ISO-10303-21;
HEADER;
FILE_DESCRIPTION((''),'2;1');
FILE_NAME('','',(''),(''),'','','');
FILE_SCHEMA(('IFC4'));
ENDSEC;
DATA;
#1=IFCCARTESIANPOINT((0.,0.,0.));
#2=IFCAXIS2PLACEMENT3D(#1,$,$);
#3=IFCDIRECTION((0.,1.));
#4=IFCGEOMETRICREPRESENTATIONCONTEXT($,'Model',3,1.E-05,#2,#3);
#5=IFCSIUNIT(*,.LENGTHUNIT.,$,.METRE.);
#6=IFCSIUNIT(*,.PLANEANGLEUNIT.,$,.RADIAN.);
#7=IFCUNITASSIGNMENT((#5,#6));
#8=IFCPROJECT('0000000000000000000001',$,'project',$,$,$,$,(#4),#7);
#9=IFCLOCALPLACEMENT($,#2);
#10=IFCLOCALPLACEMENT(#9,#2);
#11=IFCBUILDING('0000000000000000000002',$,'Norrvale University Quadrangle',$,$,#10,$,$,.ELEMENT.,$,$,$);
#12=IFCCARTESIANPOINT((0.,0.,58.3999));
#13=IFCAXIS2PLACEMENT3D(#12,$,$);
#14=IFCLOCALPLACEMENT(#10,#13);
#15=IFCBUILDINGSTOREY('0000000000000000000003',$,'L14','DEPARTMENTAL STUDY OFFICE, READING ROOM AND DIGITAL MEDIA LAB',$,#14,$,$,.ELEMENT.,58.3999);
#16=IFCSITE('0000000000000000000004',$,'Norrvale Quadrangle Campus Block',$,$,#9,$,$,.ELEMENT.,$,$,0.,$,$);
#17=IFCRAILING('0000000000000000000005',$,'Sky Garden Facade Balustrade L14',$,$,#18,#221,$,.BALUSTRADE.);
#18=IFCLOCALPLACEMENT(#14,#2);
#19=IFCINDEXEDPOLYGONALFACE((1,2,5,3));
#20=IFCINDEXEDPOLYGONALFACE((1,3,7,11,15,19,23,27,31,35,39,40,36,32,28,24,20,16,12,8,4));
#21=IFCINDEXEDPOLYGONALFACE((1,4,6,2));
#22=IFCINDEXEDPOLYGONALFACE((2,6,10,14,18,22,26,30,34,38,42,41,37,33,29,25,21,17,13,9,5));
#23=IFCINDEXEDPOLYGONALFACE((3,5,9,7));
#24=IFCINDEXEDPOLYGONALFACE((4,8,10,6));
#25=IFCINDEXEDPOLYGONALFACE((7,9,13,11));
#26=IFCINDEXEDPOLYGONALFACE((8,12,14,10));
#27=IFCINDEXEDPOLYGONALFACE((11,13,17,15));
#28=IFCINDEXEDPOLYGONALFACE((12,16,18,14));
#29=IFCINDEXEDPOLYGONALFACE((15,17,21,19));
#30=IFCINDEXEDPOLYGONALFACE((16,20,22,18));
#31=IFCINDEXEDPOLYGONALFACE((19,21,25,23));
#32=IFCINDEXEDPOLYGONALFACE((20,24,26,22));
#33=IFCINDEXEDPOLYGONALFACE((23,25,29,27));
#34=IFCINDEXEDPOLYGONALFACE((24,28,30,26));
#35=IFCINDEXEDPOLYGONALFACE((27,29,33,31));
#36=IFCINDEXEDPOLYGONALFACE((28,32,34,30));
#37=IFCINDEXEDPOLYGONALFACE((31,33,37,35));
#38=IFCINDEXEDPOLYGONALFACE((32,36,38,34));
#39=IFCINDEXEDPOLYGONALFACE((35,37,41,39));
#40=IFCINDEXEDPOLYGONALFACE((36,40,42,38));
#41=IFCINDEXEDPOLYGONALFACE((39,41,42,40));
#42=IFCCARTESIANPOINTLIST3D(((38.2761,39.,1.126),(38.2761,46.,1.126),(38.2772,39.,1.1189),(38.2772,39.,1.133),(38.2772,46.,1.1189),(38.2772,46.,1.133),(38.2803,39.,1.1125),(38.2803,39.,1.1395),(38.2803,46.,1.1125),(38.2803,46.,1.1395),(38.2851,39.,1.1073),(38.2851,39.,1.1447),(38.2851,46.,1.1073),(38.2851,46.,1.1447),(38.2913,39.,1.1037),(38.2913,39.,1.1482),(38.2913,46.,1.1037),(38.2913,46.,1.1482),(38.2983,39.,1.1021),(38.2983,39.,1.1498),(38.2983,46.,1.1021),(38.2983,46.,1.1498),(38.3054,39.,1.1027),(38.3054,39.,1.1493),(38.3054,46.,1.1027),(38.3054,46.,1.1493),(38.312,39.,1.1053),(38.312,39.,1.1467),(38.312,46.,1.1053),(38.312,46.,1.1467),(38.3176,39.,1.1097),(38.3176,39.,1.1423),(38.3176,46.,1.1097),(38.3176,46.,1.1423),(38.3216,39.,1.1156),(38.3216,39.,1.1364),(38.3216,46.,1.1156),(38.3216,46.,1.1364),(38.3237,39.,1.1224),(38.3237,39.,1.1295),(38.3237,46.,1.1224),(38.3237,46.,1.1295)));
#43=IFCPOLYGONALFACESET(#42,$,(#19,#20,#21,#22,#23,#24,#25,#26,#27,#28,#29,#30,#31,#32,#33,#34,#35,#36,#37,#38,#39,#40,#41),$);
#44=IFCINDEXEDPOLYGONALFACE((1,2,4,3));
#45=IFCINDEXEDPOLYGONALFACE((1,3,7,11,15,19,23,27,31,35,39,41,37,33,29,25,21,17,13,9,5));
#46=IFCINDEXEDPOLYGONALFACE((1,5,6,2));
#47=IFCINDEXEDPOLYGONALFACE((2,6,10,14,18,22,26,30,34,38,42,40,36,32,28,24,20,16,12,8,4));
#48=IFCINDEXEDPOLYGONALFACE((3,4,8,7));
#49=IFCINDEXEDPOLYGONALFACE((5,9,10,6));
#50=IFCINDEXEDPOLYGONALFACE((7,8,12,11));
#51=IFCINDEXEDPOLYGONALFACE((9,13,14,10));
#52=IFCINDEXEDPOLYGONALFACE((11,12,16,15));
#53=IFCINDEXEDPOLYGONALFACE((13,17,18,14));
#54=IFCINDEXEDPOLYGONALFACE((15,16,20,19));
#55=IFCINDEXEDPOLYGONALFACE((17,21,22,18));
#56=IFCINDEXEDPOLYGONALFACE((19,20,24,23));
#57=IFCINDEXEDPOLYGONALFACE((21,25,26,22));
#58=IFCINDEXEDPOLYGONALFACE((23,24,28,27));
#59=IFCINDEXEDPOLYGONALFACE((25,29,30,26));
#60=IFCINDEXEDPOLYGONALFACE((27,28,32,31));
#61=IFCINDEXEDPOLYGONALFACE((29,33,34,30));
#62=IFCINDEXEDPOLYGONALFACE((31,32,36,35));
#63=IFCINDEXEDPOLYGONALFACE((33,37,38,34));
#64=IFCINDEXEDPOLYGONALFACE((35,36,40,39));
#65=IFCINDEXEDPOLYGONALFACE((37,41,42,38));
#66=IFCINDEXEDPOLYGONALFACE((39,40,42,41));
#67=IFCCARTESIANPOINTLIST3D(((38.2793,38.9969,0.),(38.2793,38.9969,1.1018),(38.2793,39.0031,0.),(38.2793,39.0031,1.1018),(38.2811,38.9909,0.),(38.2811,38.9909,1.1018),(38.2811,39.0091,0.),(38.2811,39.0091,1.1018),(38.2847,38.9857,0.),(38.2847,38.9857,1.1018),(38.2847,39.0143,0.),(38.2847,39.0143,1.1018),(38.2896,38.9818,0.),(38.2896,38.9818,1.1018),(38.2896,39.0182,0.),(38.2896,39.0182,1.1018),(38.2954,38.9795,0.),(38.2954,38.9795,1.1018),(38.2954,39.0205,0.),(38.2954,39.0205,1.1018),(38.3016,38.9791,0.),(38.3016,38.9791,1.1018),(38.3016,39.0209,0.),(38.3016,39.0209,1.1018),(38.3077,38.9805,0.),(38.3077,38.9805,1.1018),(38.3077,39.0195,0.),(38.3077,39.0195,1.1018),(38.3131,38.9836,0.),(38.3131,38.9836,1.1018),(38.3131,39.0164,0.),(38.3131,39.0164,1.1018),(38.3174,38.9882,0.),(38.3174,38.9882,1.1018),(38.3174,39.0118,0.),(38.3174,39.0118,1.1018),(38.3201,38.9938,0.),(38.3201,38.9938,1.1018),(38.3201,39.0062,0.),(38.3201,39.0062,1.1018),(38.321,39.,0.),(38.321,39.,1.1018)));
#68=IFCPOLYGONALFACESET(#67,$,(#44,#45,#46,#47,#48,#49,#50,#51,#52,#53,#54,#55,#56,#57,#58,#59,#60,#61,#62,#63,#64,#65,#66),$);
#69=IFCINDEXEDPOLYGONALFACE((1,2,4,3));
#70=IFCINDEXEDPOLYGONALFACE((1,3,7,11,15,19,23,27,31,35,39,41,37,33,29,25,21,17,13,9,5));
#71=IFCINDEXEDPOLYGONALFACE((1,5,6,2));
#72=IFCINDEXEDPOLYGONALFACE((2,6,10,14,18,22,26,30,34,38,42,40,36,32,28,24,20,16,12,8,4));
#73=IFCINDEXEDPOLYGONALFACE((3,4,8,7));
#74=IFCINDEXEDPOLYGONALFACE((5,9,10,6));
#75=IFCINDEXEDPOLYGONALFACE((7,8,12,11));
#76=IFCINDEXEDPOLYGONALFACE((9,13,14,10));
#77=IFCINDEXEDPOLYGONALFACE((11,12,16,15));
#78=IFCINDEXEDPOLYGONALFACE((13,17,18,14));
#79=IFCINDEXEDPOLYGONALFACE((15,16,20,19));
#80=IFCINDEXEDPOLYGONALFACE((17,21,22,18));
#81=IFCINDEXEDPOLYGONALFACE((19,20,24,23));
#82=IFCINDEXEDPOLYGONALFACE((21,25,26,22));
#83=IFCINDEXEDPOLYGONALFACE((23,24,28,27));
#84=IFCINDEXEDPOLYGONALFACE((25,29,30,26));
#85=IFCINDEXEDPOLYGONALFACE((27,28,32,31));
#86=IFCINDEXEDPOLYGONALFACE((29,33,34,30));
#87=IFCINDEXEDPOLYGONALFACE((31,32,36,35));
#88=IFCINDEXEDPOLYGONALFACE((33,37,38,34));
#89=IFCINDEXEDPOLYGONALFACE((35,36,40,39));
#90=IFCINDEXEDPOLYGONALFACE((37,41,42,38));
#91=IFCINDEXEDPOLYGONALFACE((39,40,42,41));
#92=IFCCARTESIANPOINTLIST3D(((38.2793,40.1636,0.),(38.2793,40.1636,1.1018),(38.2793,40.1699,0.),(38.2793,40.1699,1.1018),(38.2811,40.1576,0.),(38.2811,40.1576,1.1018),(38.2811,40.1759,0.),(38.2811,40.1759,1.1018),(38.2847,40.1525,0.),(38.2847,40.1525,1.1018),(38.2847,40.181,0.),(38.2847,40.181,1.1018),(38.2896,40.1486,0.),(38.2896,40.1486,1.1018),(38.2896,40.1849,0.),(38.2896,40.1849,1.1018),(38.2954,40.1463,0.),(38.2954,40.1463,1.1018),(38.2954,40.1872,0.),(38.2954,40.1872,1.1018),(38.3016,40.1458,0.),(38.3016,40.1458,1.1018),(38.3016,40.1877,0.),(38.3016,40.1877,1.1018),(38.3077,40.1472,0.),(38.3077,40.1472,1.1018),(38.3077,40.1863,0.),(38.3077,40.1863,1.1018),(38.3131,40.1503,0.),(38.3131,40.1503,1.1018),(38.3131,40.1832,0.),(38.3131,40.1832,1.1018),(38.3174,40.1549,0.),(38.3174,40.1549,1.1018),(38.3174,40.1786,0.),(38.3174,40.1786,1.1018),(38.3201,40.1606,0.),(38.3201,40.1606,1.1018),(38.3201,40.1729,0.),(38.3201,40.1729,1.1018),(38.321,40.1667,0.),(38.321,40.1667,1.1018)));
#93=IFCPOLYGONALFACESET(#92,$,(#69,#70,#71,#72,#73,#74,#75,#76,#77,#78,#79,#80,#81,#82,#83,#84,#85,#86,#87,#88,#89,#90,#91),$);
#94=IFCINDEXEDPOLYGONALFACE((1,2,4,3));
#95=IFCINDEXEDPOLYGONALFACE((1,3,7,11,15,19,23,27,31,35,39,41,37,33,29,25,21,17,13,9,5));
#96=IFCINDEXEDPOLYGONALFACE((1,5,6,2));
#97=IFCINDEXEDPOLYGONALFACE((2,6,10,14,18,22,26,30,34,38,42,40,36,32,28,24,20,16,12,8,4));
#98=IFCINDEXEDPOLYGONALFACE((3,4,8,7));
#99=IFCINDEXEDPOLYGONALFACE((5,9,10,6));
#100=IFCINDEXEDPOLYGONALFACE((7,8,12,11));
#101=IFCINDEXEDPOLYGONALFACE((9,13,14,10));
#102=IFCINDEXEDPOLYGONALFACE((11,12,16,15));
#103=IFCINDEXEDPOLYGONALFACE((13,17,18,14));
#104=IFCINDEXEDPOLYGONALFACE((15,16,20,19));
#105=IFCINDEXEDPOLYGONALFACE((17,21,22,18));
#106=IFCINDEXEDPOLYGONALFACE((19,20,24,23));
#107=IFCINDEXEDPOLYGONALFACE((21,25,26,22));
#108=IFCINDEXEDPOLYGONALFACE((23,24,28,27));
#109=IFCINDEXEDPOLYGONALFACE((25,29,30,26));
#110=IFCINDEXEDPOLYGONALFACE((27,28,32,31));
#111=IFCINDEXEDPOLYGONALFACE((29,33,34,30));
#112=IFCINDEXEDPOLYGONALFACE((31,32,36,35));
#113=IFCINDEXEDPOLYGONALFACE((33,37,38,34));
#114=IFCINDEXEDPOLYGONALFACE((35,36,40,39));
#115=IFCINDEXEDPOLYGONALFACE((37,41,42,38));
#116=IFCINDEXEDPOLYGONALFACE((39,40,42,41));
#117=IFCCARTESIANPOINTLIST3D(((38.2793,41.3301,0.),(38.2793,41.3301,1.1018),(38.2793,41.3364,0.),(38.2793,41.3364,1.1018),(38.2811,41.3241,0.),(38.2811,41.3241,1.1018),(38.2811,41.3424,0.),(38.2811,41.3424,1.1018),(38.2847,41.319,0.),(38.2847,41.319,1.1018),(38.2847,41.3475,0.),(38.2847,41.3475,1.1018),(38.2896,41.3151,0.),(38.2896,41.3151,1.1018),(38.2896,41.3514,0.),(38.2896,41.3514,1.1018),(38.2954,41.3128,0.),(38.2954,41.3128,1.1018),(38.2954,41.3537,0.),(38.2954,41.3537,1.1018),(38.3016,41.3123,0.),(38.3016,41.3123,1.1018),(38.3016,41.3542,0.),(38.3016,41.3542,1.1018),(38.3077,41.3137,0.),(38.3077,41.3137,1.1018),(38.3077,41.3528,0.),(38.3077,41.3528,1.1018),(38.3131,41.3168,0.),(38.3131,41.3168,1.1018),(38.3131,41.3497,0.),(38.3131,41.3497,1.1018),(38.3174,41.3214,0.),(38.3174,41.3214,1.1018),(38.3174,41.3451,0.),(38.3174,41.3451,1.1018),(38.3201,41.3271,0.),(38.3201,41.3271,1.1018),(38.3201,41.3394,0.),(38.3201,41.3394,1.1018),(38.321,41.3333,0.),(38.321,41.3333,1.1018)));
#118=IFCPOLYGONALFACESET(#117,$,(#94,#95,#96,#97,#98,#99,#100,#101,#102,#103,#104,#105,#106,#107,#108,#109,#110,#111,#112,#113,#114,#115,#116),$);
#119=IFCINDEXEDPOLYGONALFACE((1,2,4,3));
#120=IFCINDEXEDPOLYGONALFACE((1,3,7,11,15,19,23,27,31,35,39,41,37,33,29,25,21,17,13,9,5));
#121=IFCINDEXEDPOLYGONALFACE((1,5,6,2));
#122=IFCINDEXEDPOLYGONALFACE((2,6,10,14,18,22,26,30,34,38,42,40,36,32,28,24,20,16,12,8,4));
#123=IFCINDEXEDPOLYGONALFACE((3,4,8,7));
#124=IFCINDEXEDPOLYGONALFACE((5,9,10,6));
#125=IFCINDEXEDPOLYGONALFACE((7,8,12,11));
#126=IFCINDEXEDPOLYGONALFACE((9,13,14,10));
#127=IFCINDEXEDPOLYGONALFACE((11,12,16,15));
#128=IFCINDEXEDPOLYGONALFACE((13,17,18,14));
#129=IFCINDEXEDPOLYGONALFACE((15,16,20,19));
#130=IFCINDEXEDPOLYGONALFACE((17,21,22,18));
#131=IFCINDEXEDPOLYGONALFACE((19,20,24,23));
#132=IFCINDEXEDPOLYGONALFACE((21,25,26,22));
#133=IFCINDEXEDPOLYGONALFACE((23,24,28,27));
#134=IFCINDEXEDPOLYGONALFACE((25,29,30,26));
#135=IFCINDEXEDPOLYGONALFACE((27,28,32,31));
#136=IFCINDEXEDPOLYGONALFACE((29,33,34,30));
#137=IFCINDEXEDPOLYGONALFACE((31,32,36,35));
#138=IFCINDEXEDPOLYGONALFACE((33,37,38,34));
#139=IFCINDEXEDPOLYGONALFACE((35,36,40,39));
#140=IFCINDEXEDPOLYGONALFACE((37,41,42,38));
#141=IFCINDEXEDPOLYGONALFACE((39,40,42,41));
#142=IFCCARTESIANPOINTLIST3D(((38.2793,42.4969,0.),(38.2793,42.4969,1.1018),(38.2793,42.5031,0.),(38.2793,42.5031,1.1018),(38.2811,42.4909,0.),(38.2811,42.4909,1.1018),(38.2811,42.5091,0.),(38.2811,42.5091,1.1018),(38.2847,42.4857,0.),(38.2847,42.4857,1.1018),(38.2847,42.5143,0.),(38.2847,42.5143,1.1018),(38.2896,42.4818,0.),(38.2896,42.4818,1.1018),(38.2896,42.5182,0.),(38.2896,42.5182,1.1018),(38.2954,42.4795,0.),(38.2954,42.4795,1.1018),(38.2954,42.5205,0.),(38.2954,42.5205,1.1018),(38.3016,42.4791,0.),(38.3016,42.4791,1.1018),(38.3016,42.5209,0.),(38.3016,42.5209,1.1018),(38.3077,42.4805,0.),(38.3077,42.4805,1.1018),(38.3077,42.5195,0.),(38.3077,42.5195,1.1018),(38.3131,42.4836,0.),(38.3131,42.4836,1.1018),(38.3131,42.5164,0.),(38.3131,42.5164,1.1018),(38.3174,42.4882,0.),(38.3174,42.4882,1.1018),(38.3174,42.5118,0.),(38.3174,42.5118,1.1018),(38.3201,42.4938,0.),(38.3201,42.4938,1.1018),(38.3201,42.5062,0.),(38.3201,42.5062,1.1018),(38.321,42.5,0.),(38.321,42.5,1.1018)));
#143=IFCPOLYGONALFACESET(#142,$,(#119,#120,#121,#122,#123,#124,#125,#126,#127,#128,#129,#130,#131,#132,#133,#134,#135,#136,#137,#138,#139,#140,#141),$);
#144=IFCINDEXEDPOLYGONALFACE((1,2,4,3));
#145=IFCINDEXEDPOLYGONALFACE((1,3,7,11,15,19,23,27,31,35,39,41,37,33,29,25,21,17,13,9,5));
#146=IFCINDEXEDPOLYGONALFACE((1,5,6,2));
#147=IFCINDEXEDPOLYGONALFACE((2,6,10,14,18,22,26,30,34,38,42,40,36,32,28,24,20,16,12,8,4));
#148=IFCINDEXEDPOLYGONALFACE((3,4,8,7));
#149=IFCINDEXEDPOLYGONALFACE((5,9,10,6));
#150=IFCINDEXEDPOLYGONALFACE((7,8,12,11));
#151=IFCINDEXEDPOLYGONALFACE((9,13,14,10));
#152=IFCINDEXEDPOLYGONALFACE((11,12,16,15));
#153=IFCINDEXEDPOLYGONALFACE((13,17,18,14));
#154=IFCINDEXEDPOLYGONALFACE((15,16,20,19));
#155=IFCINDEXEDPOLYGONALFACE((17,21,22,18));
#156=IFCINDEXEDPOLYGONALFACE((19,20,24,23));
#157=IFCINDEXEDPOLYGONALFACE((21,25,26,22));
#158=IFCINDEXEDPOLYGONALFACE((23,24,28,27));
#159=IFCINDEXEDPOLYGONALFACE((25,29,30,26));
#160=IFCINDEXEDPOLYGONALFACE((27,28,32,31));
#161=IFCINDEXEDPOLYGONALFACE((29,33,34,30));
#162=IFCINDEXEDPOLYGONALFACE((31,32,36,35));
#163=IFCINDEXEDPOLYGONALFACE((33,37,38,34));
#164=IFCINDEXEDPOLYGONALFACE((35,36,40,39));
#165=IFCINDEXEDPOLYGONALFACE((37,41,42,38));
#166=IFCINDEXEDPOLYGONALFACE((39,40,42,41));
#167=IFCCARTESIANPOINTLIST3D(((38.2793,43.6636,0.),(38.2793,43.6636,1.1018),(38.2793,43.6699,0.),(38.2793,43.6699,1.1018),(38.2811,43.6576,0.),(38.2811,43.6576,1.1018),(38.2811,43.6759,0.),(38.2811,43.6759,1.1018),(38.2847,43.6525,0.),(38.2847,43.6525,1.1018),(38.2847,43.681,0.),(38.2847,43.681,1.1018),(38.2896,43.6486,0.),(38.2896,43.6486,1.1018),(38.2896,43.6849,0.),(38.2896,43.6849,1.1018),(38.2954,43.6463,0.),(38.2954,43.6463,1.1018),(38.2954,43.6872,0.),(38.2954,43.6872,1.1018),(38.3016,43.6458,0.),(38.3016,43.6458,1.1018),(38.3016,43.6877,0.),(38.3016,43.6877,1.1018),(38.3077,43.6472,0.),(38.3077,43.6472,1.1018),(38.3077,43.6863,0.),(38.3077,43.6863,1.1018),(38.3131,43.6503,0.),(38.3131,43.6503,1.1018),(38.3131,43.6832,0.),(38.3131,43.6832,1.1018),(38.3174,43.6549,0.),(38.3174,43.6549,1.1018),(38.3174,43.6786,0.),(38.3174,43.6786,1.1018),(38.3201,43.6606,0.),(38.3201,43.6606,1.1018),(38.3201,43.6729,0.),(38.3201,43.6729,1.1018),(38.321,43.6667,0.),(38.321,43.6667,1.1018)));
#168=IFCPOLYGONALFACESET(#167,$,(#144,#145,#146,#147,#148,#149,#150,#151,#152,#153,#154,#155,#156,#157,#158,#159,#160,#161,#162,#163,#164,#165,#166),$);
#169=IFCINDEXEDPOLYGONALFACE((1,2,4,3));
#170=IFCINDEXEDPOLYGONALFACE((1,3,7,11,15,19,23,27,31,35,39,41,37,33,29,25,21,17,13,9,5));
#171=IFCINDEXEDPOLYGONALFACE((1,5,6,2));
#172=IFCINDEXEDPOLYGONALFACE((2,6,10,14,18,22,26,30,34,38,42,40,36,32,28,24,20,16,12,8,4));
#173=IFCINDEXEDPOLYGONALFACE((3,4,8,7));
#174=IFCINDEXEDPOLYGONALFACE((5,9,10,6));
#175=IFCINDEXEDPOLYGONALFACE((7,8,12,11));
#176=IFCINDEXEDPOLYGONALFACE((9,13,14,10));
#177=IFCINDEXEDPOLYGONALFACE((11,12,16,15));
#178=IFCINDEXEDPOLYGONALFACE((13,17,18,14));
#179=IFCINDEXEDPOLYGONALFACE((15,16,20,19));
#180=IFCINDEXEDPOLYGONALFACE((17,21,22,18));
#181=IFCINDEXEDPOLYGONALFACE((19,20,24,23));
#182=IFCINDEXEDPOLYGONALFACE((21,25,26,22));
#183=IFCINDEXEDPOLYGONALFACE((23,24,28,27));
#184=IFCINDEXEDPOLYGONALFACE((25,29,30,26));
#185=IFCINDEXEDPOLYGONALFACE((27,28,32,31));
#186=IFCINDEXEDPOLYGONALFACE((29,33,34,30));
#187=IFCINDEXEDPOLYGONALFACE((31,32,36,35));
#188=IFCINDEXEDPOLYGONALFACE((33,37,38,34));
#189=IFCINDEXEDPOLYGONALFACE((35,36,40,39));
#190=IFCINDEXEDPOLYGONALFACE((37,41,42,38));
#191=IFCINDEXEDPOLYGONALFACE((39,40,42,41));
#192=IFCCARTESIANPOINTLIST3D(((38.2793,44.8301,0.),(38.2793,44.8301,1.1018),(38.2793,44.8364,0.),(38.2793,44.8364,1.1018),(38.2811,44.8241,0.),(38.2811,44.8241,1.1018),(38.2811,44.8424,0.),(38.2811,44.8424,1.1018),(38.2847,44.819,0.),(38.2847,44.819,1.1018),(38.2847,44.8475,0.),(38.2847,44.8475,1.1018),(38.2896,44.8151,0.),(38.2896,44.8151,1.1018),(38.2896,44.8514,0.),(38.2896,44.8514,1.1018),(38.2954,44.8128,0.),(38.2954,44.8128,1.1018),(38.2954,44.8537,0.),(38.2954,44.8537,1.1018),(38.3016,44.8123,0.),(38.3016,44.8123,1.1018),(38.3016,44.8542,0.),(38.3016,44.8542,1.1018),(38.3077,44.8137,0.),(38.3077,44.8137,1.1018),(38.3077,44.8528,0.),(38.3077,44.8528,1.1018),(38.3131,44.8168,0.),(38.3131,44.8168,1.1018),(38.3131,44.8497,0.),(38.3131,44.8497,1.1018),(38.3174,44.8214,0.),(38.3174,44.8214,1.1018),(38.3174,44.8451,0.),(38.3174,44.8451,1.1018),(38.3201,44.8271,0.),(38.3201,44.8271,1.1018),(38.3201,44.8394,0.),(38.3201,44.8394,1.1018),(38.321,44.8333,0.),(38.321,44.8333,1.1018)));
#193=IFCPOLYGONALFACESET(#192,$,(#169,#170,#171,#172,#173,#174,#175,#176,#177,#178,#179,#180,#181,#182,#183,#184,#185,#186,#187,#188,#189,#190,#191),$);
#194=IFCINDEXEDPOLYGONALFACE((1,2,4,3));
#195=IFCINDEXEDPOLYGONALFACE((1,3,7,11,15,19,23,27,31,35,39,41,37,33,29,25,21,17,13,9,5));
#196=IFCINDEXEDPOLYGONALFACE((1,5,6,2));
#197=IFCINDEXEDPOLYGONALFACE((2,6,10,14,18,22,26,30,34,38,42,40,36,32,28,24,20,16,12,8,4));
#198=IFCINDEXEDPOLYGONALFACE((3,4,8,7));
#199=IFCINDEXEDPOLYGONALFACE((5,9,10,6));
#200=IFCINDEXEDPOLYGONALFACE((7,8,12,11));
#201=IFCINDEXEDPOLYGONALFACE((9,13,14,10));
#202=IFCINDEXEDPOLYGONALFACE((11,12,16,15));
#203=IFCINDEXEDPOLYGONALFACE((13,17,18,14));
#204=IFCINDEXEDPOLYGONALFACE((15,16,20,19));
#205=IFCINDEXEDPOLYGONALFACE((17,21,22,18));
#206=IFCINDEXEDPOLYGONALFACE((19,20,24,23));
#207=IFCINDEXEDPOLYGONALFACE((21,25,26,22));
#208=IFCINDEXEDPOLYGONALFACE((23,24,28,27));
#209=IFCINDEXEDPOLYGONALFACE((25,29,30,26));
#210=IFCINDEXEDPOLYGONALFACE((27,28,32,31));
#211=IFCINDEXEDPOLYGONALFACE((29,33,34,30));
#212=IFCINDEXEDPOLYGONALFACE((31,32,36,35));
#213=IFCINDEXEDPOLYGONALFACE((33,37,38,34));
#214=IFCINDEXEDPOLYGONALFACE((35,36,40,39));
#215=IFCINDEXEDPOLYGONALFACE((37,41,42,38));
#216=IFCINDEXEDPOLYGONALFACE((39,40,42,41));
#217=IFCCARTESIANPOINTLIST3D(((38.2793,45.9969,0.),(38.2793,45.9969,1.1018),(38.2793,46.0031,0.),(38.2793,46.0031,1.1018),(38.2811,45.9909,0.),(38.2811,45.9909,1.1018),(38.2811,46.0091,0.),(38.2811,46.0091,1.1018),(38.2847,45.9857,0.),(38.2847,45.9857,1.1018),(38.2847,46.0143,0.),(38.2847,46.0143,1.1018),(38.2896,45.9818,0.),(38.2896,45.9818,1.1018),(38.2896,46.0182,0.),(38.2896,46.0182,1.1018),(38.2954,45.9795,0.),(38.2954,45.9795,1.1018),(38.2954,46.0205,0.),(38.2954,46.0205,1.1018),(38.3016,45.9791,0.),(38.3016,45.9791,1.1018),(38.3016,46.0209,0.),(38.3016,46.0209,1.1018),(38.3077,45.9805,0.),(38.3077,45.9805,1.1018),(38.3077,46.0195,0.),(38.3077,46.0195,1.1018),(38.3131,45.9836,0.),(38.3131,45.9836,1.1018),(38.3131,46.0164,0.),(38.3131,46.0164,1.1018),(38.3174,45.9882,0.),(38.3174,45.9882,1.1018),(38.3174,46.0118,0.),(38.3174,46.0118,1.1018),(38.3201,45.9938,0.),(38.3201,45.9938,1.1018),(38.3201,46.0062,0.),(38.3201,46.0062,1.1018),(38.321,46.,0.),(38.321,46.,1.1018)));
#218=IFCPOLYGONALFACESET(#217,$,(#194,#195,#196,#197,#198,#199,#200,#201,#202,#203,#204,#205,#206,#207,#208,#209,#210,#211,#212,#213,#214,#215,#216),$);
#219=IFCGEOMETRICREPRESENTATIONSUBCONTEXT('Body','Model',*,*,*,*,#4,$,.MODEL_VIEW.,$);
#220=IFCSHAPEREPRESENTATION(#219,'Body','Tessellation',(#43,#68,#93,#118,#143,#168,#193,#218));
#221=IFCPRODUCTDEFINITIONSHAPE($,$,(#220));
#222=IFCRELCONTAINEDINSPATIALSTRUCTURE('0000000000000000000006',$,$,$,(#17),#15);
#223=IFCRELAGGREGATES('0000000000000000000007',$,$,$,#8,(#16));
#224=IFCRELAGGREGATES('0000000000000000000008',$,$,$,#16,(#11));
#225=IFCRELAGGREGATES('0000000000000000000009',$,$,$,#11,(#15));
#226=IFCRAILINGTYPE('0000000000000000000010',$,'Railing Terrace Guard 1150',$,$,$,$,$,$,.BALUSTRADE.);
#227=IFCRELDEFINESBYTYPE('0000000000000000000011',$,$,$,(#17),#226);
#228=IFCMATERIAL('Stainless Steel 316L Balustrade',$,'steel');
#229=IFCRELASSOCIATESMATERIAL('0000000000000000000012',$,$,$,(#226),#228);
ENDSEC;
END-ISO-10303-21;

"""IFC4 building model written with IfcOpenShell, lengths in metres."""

from ifc_helpers import new_model, si_unit, direction, frame, origin, origin_2d, place, context, subcontext, project, spatial, circle, extrude, material, type_object, element, save


model = new_model("IFC4")

# Units and contexts
model_context = context("Model", 3, precision=1e-05, world=origin(), true_north=direction((0.0, 1.0)))
body_context = subcontext(model_context, "Body", "Model", "MODEL_VIEW")
ifc_project = project(units=[si_unit("LENGTHUNIT", "METRE"), si_unit("PLANEANGLEUNIT", "RADIAN")], contexts=[model_context])

# Site, building, storey
site_placement = place(None, origin())
site = spatial("IfcSite", under=ifc_project, at=site_placement, Name="Norrvale Quadrangle Campus Block", CompositionType="ELEMENT", RefElevation=0.0)
building_placement = place(site_placement, origin())
building = spatial("IfcBuilding", under=site, at=building_placement, Name="Norrvale University Quadrangle", CompositionType="ELEMENT")
storey_placement = place(building_placement, frame((0.0, 0.0, 58.3999)))
storey = spatial("IfcBuildingStorey", under=building, at=storey_placement, Name="L14", Description="DEPARTMENTAL STUDY OFFICE, READING ROOM AND DIGITAL MEDIA LAB", CompositionType="ELEMENT", Elevation=58.3999)

# Railing
ifc_material_1 = material(Name="Stainless Steel 316L Balustrade", Category="steel")
railing_type = type_object("IfcRailingType", Name="Railing Terrace Guard 1150", PredefinedType="BALUSTRADE", material=ifc_material_1)
railing_placement = place(storey_placement, frame((38.3, 39.0, 0.0)))
element("IfcRailing", 1, at=railing_placement, inside=storey, type_object=railing_type, Name="Sky Garden Facade Balustrade L14", PredefinedType="BALUSTRADE", context=body_context, shape_type="SweptSolid", body=[
    extrude(circle(Radius=0.0239, at=origin_2d()), frame((0.0, 0.0, 1.126), z_axis=(0.0, 1.0, 0.0), x_axis=(-1.0, 0.0, 0.0)), (0.0, 0.0, 1.0), 7.0),
    extrude(circle(Radius=0.021, at=origin_2d()), origin(), (0.0, 0.0, 1.0), 1.1018),
    extrude(circle(Radius=0.021, at=origin_2d()), frame((0.0, 1.1667, 0.0)), (0.0, 0.0, 1.0), 1.1018),
    extrude(circle(Radius=0.021, at=origin_2d()), frame((0.0, 2.3333, 0.0)), (0.0, 0.0, 1.0), 1.1018),
    extrude(circle(Radius=0.021, at=origin_2d()), frame((0.0, 3.5, 0.0)), (0.0, 0.0, 1.0), 1.1018),
    extrude(circle(Radius=0.021, at=origin_2d()), frame((0.0, 4.6667, 0.0)), (0.0, 0.0, 1.0), 1.1018),
    extrude(circle(Radius=0.021, at=origin_2d()), frame((0.0, 5.8333, 0.0)), (0.0, 0.0, 1.0), 1.1018),
    extrude(circle(Radius=0.021, at=origin_2d()), frame((0.0, 7.0, 0.0)), (0.0, 0.0, 1.0), 1.1018),
])

save(model, "model.ifc")
